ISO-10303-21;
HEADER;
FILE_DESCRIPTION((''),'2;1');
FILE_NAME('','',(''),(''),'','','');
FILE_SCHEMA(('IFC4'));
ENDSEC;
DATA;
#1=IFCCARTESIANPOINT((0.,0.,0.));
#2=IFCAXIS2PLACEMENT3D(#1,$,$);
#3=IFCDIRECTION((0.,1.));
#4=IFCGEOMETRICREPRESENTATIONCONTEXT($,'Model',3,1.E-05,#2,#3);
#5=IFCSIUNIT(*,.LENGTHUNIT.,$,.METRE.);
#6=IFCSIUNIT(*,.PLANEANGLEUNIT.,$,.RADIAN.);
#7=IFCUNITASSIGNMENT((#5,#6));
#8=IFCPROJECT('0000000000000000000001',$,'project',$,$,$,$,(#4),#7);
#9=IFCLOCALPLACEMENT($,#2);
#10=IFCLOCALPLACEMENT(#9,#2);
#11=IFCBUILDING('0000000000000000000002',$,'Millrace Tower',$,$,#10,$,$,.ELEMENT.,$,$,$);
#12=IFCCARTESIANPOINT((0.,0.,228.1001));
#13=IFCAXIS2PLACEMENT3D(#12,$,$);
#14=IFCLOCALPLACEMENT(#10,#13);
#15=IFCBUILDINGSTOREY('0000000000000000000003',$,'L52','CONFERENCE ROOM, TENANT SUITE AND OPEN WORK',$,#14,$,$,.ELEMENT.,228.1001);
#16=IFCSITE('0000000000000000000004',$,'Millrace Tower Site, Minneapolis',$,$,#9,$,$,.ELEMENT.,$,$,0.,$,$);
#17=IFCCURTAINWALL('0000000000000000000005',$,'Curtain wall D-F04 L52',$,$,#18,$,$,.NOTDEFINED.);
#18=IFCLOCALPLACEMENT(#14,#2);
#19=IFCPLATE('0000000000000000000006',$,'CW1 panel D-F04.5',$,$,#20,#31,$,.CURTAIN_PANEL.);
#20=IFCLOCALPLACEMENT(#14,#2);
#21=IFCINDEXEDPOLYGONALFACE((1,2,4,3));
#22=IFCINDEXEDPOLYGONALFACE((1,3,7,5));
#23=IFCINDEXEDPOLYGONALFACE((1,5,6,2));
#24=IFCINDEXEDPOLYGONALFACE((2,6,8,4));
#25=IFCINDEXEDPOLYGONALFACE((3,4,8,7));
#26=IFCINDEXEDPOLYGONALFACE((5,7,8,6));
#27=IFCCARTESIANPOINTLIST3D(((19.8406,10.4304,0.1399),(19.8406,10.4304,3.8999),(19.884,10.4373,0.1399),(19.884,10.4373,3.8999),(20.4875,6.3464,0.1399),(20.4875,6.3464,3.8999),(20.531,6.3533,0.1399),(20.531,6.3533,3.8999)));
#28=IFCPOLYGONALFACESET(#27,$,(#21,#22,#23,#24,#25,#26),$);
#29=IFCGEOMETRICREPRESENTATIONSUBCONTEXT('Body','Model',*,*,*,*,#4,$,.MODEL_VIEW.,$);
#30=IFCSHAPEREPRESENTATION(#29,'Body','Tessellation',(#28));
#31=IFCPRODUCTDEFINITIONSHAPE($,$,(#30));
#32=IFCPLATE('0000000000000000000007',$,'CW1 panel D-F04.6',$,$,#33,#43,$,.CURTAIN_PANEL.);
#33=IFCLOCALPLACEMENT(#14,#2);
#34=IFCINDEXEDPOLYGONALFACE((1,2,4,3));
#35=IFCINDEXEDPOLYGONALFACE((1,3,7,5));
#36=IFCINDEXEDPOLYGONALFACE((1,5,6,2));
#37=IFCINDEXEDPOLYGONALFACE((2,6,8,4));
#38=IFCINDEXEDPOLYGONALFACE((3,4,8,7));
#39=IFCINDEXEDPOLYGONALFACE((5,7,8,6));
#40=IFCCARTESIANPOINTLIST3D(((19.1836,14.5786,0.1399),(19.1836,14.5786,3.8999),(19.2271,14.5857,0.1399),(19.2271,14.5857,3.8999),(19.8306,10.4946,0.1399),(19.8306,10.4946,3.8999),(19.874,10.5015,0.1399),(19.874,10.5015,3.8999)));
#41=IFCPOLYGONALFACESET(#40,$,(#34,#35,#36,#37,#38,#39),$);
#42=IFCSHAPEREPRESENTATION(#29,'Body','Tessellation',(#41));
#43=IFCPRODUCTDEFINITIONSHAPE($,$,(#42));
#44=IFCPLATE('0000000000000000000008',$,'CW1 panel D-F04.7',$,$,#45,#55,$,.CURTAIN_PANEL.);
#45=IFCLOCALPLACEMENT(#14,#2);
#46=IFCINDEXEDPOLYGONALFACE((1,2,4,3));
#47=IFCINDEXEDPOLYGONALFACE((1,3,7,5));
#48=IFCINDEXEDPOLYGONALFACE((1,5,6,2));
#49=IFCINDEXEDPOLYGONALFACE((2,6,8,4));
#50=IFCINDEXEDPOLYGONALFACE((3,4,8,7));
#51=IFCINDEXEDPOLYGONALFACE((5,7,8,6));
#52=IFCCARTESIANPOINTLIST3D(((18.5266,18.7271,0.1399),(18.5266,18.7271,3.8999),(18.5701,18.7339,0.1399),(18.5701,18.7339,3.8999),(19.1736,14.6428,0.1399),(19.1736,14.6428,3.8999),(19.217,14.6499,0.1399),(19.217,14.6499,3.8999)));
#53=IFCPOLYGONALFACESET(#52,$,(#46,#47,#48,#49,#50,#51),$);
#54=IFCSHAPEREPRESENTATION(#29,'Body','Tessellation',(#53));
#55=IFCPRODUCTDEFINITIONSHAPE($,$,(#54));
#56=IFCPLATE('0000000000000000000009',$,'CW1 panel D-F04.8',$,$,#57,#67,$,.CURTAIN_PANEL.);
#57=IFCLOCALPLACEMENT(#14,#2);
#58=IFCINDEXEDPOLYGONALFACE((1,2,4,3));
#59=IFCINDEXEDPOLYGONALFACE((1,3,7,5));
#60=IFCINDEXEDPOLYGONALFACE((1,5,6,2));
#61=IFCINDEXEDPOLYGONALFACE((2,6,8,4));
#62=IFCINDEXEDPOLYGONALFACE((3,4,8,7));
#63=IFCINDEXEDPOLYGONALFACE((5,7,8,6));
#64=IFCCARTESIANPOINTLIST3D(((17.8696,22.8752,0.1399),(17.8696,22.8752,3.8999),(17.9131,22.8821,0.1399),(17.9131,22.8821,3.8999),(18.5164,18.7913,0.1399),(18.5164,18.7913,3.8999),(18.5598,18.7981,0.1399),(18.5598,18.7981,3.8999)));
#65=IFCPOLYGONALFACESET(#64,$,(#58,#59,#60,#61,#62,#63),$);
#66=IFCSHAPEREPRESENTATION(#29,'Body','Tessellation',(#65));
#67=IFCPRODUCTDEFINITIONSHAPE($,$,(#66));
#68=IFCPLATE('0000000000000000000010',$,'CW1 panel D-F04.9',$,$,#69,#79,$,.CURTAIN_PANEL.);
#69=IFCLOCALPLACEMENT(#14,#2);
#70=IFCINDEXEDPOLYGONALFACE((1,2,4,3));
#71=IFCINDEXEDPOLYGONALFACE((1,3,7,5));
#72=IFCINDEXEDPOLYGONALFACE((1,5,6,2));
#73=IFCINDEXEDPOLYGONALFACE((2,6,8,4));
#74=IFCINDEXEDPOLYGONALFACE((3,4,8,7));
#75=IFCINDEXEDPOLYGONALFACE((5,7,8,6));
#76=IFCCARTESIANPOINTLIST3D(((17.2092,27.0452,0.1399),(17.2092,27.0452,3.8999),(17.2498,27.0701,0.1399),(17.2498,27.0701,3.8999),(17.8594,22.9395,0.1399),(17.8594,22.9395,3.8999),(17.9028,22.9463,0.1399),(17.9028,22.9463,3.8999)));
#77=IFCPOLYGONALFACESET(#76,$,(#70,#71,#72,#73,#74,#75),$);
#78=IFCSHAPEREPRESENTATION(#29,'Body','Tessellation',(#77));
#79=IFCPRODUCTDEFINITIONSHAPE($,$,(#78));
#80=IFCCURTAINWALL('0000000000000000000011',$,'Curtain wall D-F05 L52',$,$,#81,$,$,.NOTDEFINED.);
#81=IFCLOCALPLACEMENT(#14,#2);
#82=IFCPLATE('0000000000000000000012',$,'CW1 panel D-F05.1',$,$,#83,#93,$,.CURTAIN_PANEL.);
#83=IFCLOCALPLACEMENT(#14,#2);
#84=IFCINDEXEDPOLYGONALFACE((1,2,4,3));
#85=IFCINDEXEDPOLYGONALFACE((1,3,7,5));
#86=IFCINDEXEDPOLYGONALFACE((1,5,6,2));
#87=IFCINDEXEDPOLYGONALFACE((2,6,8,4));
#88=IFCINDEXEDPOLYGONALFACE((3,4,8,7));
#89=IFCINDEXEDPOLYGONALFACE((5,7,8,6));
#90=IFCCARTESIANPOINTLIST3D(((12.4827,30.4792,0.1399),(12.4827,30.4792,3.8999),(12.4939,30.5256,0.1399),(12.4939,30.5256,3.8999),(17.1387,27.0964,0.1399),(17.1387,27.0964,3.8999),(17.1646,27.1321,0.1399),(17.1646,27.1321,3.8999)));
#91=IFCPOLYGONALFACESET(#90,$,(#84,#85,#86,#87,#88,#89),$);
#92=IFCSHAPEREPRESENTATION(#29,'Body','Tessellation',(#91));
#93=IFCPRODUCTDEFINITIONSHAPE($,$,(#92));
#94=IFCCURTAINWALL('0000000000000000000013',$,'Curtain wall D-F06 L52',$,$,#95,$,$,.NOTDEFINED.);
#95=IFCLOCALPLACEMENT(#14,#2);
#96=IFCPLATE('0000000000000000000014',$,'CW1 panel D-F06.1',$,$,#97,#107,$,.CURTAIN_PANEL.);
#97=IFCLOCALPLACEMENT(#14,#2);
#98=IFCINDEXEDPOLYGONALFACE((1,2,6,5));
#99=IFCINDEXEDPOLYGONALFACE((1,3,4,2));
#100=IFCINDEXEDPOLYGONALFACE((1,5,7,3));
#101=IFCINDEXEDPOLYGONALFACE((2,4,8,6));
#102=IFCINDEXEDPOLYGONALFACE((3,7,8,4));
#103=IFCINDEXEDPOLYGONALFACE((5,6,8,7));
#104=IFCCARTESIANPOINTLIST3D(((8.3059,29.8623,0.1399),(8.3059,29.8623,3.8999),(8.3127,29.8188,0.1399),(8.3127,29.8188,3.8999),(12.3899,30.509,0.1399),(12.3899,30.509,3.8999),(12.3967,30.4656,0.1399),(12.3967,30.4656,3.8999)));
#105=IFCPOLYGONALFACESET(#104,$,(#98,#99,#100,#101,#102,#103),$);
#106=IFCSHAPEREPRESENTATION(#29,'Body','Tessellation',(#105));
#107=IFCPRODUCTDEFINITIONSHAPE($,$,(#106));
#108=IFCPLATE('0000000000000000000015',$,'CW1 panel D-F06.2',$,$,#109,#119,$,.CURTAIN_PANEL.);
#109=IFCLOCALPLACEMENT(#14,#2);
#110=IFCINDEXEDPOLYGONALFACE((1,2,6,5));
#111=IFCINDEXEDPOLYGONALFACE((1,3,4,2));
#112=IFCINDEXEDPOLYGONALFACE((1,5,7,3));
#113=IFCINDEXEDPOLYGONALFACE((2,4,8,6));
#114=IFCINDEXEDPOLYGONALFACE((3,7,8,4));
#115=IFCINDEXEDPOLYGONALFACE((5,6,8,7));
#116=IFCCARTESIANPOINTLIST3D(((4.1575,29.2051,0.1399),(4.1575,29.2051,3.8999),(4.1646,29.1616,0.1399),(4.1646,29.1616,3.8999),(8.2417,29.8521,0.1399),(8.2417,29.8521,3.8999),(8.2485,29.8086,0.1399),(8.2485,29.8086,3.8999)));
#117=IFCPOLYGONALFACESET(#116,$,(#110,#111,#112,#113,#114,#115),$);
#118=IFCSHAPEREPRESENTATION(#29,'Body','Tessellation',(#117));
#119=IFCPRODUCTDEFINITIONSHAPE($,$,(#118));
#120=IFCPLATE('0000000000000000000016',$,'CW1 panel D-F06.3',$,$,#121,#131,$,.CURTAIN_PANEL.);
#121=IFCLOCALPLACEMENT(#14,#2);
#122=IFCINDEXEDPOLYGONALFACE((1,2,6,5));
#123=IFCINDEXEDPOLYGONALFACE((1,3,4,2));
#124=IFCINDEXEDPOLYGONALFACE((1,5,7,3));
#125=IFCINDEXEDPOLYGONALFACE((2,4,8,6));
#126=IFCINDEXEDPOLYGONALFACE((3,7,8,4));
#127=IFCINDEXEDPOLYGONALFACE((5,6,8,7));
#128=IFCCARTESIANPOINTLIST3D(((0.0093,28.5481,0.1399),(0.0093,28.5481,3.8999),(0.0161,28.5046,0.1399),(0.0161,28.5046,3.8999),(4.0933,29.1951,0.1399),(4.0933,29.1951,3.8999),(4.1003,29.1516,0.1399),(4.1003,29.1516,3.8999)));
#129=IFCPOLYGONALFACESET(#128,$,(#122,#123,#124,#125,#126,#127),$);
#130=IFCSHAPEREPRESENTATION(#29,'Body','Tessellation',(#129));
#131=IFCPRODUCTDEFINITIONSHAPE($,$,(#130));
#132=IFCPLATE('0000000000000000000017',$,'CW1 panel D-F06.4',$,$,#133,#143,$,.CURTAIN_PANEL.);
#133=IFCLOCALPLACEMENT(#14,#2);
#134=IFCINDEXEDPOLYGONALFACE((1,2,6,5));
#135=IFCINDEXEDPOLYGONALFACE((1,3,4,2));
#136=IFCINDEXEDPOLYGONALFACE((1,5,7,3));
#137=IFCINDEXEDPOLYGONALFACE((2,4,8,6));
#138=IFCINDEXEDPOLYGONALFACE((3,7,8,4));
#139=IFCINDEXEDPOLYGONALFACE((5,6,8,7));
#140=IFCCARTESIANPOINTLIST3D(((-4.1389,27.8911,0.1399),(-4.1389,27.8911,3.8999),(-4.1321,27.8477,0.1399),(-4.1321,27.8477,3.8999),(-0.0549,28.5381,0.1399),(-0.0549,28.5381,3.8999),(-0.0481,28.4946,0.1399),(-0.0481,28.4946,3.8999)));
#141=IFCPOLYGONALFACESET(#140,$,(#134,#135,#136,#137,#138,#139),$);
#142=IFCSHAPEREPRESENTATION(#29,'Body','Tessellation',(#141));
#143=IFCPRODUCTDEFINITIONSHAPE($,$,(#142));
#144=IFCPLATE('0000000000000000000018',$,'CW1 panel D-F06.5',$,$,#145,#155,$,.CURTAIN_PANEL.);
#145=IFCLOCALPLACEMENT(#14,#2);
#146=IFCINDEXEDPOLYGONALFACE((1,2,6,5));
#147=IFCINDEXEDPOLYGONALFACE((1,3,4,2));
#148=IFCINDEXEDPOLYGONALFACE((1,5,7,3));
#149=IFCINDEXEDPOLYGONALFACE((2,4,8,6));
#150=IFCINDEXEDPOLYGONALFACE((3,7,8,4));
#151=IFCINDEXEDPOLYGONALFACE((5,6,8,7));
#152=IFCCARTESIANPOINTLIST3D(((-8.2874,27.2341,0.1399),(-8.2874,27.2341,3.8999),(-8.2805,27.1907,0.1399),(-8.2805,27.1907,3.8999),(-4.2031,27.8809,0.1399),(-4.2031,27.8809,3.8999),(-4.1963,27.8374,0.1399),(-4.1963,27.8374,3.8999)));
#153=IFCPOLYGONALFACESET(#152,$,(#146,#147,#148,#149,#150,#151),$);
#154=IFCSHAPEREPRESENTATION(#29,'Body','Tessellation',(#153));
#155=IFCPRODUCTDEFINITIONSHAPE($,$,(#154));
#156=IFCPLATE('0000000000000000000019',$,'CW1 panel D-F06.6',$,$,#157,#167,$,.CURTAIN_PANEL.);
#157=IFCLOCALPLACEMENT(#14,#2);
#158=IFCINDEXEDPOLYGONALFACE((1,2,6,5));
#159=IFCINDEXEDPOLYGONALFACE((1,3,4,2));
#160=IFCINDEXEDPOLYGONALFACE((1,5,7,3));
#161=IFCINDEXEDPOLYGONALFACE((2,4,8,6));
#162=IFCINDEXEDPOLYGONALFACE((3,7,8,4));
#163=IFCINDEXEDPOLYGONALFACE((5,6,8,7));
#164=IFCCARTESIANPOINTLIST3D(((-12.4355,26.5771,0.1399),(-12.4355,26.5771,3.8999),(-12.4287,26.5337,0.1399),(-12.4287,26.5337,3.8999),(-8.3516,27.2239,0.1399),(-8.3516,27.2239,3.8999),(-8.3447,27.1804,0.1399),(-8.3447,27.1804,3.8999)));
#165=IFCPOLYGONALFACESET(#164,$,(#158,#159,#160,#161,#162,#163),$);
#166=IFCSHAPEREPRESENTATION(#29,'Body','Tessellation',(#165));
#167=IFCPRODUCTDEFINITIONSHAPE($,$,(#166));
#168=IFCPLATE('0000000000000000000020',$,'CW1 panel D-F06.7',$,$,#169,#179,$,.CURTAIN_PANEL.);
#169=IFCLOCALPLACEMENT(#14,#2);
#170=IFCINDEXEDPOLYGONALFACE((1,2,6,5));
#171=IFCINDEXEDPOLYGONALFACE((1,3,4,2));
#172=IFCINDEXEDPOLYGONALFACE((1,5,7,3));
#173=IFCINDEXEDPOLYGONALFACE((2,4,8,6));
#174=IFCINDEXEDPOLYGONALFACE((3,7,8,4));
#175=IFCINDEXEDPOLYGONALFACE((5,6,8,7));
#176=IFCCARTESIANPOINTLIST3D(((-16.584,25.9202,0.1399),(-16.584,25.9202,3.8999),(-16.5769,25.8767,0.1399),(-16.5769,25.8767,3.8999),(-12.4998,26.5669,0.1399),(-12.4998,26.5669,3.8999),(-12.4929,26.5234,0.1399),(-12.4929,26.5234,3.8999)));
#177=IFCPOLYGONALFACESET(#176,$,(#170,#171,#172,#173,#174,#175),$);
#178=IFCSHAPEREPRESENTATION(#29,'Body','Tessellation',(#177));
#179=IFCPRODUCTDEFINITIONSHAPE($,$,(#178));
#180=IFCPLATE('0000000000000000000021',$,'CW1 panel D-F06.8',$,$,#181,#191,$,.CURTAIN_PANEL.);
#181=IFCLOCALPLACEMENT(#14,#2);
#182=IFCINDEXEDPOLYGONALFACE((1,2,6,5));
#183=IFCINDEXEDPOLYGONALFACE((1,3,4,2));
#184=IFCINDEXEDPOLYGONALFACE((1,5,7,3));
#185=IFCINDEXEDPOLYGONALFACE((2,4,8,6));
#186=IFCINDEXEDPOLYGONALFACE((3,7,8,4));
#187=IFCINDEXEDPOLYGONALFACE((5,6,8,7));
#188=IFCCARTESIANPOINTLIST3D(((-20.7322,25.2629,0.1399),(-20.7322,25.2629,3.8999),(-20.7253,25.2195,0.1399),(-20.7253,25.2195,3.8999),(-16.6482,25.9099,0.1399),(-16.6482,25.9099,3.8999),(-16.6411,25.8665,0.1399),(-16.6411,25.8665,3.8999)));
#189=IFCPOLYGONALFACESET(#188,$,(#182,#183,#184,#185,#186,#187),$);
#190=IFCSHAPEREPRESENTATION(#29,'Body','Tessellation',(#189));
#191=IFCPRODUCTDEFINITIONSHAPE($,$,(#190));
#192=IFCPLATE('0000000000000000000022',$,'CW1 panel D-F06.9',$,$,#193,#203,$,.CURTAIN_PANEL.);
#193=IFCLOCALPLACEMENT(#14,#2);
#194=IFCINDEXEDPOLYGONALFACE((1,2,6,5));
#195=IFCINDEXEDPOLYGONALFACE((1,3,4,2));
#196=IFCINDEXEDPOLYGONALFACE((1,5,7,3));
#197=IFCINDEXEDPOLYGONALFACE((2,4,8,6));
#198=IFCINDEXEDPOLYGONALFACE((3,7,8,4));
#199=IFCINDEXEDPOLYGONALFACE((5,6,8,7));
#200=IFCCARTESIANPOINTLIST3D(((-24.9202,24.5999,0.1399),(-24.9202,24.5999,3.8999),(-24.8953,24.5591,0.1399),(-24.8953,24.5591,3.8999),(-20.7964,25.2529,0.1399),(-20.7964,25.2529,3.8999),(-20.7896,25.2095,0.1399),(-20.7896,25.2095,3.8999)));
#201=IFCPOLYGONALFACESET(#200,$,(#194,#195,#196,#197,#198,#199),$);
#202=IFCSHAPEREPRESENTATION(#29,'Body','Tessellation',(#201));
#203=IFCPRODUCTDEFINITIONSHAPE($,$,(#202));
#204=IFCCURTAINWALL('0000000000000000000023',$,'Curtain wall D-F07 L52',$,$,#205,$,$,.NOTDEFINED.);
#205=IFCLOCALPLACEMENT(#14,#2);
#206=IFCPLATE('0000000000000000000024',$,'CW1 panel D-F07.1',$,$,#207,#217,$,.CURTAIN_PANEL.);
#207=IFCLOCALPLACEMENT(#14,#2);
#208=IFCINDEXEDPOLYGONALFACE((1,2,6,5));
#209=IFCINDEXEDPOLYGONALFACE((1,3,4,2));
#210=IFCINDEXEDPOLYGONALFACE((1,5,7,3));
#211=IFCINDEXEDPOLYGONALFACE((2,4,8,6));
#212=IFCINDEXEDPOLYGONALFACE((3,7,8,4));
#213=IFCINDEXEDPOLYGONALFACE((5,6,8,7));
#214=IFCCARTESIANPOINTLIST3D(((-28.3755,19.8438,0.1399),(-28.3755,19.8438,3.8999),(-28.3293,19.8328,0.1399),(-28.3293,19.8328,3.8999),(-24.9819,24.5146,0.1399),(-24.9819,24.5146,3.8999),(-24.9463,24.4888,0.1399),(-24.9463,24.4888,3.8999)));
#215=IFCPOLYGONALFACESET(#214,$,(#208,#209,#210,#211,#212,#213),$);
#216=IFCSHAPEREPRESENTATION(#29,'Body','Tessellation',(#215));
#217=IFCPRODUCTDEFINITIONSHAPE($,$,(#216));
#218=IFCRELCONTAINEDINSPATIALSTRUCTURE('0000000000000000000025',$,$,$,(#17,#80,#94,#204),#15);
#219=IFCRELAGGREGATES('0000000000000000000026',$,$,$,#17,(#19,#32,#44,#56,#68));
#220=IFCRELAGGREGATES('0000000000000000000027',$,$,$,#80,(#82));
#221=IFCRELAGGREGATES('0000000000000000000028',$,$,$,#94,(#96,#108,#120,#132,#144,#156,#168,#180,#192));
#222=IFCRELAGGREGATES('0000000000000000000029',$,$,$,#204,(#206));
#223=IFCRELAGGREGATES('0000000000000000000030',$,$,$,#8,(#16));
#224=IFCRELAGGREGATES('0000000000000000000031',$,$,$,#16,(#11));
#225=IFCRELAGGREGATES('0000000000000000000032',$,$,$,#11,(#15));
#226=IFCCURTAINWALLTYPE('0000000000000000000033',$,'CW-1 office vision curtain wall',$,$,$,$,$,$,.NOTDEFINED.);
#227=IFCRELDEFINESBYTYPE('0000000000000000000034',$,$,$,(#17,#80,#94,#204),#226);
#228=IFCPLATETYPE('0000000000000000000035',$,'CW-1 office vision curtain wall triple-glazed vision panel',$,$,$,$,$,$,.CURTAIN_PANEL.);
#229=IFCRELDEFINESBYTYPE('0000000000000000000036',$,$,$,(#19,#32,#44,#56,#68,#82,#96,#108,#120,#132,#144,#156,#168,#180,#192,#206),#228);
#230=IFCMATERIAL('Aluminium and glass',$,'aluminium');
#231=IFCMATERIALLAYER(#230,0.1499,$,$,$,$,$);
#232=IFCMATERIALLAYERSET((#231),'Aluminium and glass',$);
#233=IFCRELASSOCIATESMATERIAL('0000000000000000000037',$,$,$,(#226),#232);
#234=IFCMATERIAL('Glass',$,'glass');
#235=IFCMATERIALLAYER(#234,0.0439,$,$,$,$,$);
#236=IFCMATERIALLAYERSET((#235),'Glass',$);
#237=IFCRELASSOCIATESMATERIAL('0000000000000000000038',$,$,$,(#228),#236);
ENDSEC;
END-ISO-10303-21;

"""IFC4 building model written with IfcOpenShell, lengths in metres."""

from ifc_helpers import new_model, si_unit, direction, frame, origin, place, context, subcontext, project, spatial, polyline, outline, extrude, material, layer, layer_set, type_object, element, aggregate, save


model = new_model("IFC4")

# Units and contexts
model_context = context("Model", 3, precision=1e-05, world=origin(), true_north=direction((0.0, 1.0)))
body_context = subcontext(model_context, "Body", "Model", "MODEL_VIEW")
ifc_project = project(units=[si_unit("LENGTHUNIT", "METRE"), si_unit("PLANEANGLEUNIT", "RADIAN")], contexts=[model_context])

# Site, building, storey
site_placement = place(None, origin())
site = spatial("IfcSite", under=ifc_project, at=site_placement, Name="Millrace Tower Site, Minneapolis", CompositionType="ELEMENT", RefElevation=0.0)
building_placement = place(site_placement, origin())
building = spatial("IfcBuilding", under=site, at=building_placement, Name="Millrace Tower", CompositionType="ELEMENT")
storey_placement = place(building_placement, frame((0.0, 0.0, 228.1001)))
storey = spatial("IfcBuildingStorey", under=building, at=storey_placement, Name="L52", Description="CONFERENCE ROOM, TENANT SUITE AND OPEN WORK", CompositionType="ELEMENT", Elevation=228.1001)

# Curtain wall, plates
ifc_material_1 = material(Name="Aluminium and glass", Category="aluminium")
ifc_layer_1 = layer(ifc_material_1, 0.1499)
ifc_layer_set_1 = layer_set([ifc_layer_1], Name="Aluminium and glass")
curtain_wall_type = type_object("IfcCurtainWallType", Name="CW-1 office vision curtain wall", PredefinedType="NOTDEFINED", material=ifc_layer_set_1)
placement_1 = place(storey_placement, origin())
curtain_wall_1 = element("IfcCurtainWall", 1, at=placement_1, inside=storey, type_object=curtain_wall_type, Name="Curtain wall D-F04 L52", PredefinedType="NOTDEFINED")
ifc_material_2 = material(Name="Glass", Category="glass")
ifc_layer_2 = layer(ifc_material_2, 0.0439)
ifc_layer_set_2 = layer_set([ifc_layer_2], Name="Glass")
plate_type = type_object("IfcPlateType", Name="CW-1 office vision curtain wall triple-glazed vision panel", PredefinedType="CURTAIN_PANEL", material=ifc_layer_set_2)
placement_2 = place(storey_placement, frame((0.0, 0.0, 0.1399)))
plate_1 = element("IfcPlate", 2, at=placement_2, type_object=plate_type, Name="CW1 panel D-F04.5", PredefinedType="CURTAIN_PANEL", context=body_context, shape_type="SweptSolid", body=[
    extrude(outline(polyline([(20.531, 6.3533), (19.884, 10.4373), (19.8406, 10.4304), (20.4875, 6.3464), (20.531, 6.3533)])), origin(), (0.0, 0.0, 1.0), 3.76),
])
plate_2 = element("IfcPlate", 3, at=placement_2, type_object=plate_type, Name="CW1 panel D-F04.6", PredefinedType="CURTAIN_PANEL", context=body_context, shape_type="SweptSolid", body=[
    extrude(outline(polyline([(19.874, 10.5015), (19.2271, 14.5857), (19.1836, 14.5786), (19.8306, 10.4946), (19.874, 10.5015)])), origin(), (0.0, 0.0, 1.0), 3.76),
])
plate_3 = element("IfcPlate", 4, at=placement_2, type_object=plate_type, Name="CW1 panel D-F04.7", PredefinedType="CURTAIN_PANEL", context=body_context, shape_type="SweptSolid", body=[
    extrude(outline(polyline([(19.217, 14.6499), (18.5701, 18.7339), (18.5266, 18.7271), (19.1736, 14.6428), (19.217, 14.6499)])), origin(), (0.0, 0.0, 1.0), 3.76),
])
plate_4 = element("IfcPlate", 5, at=placement_2, type_object=plate_type, Name="CW1 panel D-F04.8", PredefinedType="CURTAIN_PANEL", context=body_context, shape_type="SweptSolid", body=[
    extrude(outline(polyline([(18.5598, 18.7981), (17.9131, 22.8821), (17.8696, 22.8752), (18.5164, 18.7913), (18.5598, 18.7981)])), origin(), (0.0, 0.0, 1.0), 3.76),
])
plate_5 = element("IfcPlate", 6, at=placement_2, type_object=plate_type, Name="CW1 panel D-F04.9", PredefinedType="CURTAIN_PANEL", context=body_context, shape_type="SweptSolid", body=[
    extrude(outline(polyline([(17.9028, 22.9463), (17.2498, 27.0701), (17.2092, 27.0452), (17.8594, 22.9395), (17.9028, 22.9463)])), origin(), (0.0, 0.0, 1.0), 3.76),
])
aggregate(curtain_wall_1, [plate_1, plate_2, plate_3, plate_4, plate_5])

# Curtain wall, plate
curtain_wall_2 = element("IfcCurtainWall", 7, at=placement_1, inside=storey, type_object=curtain_wall_type, Name="Curtain wall D-F05 L52", PredefinedType="NOTDEFINED")
plate_6 = element("IfcPlate", 8, at=placement_2, type_object=plate_type, Name="CW1 panel D-F05.1", PredefinedType="CURTAIN_PANEL", context=body_context, shape_type="SweptSolid", body=[
    extrude(outline(polyline([(17.1646, 27.1321), (12.4939, 30.5256), (12.4827, 30.4792), (17.1387, 27.0964), (17.1646, 27.1321)])), origin(), (0.0, 0.0, 1.0), 3.76),
])
aggregate(curtain_wall_2, [plate_6])

# Curtain wall, plates
curtain_wall_3 = element("IfcCurtainWall", 9, at=placement_1, inside=storey, type_object=curtain_wall_type, Name="Curtain wall D-F06 L52", PredefinedType="NOTDEFINED")
plate_7 = element("IfcPlate", 10, at=placement_2, type_object=plate_type, Name="CW1 panel D-F06.1", PredefinedType="CURTAIN_PANEL", context=body_context, shape_type="SweptSolid", body=[
    extrude(outline(polyline([(12.3899, 30.509), (8.3059, 29.8623), (8.3127, 29.8188), (12.3967, 30.4656), (12.3899, 30.509)])), origin(), (0.0, 0.0, 1.0), 3.76),
])
plate_8 = element("IfcPlate", 11, at=placement_2, type_object=plate_type, Name="CW1 panel D-F06.2", PredefinedType="CURTAIN_PANEL", context=body_context, shape_type="SweptSolid", body=[
    extrude(outline(polyline([(8.2417, 29.8521), (4.1575, 29.2051), (4.1646, 29.1616), (8.2485, 29.8086), (8.2417, 29.8521)])), origin(), (0.0, 0.0, 1.0), 3.76),
])
plate_9 = element("IfcPlate", 12, at=placement_2, type_object=plate_type, Name="CW1 panel D-F06.3", PredefinedType="CURTAIN_PANEL", context=body_context, shape_type="SweptSolid", body=[
    extrude(outline(polyline([(4.0933, 29.1951), (0.0093, 28.5481), (0.0161, 28.5046), (4.1003, 29.1516), (4.0933, 29.1951)])), origin(), (0.0, 0.0, 1.0), 3.76),
])
plate_10 = element("IfcPlate", 13, at=placement_2, type_object=plate_type, Name="CW1 panel D-F06.4", PredefinedType="CURTAIN_PANEL", context=body_context, shape_type="SweptSolid", body=[
    extrude(outline(polyline([(-0.0549, 28.5381), (-4.1389, 27.8911), (-4.1321, 27.8477), (-0.0481, 28.4946), (-0.0549, 28.5381)])), origin(), (0.0, 0.0, 1.0), 3.76),
])
plate_11 = element("IfcPlate", 14, at=placement_2, type_object=plate_type, Name="CW1 panel D-F06.5", PredefinedType="CURTAIN_PANEL", context=body_context, shape_type="SweptSolid", body=[
    extrude(outline(polyline([(-4.2031, 27.8809), (-8.2874, 27.2341), (-8.2805, 27.1907), (-4.1963, 27.8374), (-4.2031, 27.8809)])), origin(), (0.0, 0.0, 1.0), 3.76),
])
plate_12 = element("IfcPlate", 15, at=placement_2, type_object=plate_type, Name="CW1 panel D-F06.6", PredefinedType="CURTAIN_PANEL", context=body_context, shape_type="SweptSolid", body=[
    extrude(outline(polyline([(-8.3516, 27.2239), (-12.4355, 26.5771), (-12.4287, 26.5337), (-8.3447, 27.1804), (-8.3516, 27.2239)])), origin(), (0.0, 0.0, 1.0), 3.76),
])
plate_13 = element("IfcPlate", 16, at=placement_2, type_object=plate_type, Name="CW1 panel D-F06.7", PredefinedType="CURTAIN_PANEL", context=body_context, shape_type="SweptSolid", body=[
    extrude(outline(polyline([(-12.4998, 26.5669), (-16.584, 25.9202), (-16.5769, 25.8767), (-12.4929, 26.5234), (-12.4998, 26.5669)])), origin(), (0.0, 0.0, 1.0), 3.76),
])
plate_14 = element("IfcPlate", 17, at=placement_2, type_object=plate_type, Name="CW1 panel D-F06.8", PredefinedType="CURTAIN_PANEL", context=body_context, shape_type="SweptSolid", body=[
    extrude(outline(polyline([(-16.6482, 25.9099), (-20.7322, 25.2629), (-20.7253, 25.2195), (-16.6411, 25.8665), (-16.6482, 25.9099)])), origin(), (0.0, 0.0, 1.0), 3.76),
])
plate_15 = element("IfcPlate", 18, at=placement_2, type_object=plate_type, Name="CW1 panel D-F06.9", PredefinedType="CURTAIN_PANEL", context=body_context, shape_type="SweptSolid", body=[
    extrude(outline(polyline([(-20.7964, 25.2529), (-24.9202, 24.5999), (-24.8953, 24.5591), (-20.7896, 25.2095), (-20.7964, 25.2529)])), origin(), (0.0, 0.0, 1.0), 3.76),
])
aggregate(curtain_wall_3, [plate_7, plate_8, plate_9, plate_10, plate_11, plate_12, plate_13, plate_14, plate_15])

# Curtain wall, plate
curtain_wall_4 = element("IfcCurtainWall", 19, at=placement_1, inside=storey, type_object=curtain_wall_type, Name="Curtain wall D-F07 L52", PredefinedType="NOTDEFINED")
plate_16 = element("IfcPlate", 20, at=placement_2, type_object=plate_type, Name="CW1 panel D-F07.1", PredefinedType="CURTAIN_PANEL", context=body_context, shape_type="SweptSolid", body=[
    extrude(outline(polyline([(-24.9819, 24.5146), (-28.3755, 19.8438), (-28.3293, 19.8328), (-24.9463, 24.4888), (-24.9819, 24.5146)])), origin(), (0.0, 0.0, 1.0), 3.76),
])
aggregate(curtain_wall_4, [plate_16])

save(model, "model.ifc")
